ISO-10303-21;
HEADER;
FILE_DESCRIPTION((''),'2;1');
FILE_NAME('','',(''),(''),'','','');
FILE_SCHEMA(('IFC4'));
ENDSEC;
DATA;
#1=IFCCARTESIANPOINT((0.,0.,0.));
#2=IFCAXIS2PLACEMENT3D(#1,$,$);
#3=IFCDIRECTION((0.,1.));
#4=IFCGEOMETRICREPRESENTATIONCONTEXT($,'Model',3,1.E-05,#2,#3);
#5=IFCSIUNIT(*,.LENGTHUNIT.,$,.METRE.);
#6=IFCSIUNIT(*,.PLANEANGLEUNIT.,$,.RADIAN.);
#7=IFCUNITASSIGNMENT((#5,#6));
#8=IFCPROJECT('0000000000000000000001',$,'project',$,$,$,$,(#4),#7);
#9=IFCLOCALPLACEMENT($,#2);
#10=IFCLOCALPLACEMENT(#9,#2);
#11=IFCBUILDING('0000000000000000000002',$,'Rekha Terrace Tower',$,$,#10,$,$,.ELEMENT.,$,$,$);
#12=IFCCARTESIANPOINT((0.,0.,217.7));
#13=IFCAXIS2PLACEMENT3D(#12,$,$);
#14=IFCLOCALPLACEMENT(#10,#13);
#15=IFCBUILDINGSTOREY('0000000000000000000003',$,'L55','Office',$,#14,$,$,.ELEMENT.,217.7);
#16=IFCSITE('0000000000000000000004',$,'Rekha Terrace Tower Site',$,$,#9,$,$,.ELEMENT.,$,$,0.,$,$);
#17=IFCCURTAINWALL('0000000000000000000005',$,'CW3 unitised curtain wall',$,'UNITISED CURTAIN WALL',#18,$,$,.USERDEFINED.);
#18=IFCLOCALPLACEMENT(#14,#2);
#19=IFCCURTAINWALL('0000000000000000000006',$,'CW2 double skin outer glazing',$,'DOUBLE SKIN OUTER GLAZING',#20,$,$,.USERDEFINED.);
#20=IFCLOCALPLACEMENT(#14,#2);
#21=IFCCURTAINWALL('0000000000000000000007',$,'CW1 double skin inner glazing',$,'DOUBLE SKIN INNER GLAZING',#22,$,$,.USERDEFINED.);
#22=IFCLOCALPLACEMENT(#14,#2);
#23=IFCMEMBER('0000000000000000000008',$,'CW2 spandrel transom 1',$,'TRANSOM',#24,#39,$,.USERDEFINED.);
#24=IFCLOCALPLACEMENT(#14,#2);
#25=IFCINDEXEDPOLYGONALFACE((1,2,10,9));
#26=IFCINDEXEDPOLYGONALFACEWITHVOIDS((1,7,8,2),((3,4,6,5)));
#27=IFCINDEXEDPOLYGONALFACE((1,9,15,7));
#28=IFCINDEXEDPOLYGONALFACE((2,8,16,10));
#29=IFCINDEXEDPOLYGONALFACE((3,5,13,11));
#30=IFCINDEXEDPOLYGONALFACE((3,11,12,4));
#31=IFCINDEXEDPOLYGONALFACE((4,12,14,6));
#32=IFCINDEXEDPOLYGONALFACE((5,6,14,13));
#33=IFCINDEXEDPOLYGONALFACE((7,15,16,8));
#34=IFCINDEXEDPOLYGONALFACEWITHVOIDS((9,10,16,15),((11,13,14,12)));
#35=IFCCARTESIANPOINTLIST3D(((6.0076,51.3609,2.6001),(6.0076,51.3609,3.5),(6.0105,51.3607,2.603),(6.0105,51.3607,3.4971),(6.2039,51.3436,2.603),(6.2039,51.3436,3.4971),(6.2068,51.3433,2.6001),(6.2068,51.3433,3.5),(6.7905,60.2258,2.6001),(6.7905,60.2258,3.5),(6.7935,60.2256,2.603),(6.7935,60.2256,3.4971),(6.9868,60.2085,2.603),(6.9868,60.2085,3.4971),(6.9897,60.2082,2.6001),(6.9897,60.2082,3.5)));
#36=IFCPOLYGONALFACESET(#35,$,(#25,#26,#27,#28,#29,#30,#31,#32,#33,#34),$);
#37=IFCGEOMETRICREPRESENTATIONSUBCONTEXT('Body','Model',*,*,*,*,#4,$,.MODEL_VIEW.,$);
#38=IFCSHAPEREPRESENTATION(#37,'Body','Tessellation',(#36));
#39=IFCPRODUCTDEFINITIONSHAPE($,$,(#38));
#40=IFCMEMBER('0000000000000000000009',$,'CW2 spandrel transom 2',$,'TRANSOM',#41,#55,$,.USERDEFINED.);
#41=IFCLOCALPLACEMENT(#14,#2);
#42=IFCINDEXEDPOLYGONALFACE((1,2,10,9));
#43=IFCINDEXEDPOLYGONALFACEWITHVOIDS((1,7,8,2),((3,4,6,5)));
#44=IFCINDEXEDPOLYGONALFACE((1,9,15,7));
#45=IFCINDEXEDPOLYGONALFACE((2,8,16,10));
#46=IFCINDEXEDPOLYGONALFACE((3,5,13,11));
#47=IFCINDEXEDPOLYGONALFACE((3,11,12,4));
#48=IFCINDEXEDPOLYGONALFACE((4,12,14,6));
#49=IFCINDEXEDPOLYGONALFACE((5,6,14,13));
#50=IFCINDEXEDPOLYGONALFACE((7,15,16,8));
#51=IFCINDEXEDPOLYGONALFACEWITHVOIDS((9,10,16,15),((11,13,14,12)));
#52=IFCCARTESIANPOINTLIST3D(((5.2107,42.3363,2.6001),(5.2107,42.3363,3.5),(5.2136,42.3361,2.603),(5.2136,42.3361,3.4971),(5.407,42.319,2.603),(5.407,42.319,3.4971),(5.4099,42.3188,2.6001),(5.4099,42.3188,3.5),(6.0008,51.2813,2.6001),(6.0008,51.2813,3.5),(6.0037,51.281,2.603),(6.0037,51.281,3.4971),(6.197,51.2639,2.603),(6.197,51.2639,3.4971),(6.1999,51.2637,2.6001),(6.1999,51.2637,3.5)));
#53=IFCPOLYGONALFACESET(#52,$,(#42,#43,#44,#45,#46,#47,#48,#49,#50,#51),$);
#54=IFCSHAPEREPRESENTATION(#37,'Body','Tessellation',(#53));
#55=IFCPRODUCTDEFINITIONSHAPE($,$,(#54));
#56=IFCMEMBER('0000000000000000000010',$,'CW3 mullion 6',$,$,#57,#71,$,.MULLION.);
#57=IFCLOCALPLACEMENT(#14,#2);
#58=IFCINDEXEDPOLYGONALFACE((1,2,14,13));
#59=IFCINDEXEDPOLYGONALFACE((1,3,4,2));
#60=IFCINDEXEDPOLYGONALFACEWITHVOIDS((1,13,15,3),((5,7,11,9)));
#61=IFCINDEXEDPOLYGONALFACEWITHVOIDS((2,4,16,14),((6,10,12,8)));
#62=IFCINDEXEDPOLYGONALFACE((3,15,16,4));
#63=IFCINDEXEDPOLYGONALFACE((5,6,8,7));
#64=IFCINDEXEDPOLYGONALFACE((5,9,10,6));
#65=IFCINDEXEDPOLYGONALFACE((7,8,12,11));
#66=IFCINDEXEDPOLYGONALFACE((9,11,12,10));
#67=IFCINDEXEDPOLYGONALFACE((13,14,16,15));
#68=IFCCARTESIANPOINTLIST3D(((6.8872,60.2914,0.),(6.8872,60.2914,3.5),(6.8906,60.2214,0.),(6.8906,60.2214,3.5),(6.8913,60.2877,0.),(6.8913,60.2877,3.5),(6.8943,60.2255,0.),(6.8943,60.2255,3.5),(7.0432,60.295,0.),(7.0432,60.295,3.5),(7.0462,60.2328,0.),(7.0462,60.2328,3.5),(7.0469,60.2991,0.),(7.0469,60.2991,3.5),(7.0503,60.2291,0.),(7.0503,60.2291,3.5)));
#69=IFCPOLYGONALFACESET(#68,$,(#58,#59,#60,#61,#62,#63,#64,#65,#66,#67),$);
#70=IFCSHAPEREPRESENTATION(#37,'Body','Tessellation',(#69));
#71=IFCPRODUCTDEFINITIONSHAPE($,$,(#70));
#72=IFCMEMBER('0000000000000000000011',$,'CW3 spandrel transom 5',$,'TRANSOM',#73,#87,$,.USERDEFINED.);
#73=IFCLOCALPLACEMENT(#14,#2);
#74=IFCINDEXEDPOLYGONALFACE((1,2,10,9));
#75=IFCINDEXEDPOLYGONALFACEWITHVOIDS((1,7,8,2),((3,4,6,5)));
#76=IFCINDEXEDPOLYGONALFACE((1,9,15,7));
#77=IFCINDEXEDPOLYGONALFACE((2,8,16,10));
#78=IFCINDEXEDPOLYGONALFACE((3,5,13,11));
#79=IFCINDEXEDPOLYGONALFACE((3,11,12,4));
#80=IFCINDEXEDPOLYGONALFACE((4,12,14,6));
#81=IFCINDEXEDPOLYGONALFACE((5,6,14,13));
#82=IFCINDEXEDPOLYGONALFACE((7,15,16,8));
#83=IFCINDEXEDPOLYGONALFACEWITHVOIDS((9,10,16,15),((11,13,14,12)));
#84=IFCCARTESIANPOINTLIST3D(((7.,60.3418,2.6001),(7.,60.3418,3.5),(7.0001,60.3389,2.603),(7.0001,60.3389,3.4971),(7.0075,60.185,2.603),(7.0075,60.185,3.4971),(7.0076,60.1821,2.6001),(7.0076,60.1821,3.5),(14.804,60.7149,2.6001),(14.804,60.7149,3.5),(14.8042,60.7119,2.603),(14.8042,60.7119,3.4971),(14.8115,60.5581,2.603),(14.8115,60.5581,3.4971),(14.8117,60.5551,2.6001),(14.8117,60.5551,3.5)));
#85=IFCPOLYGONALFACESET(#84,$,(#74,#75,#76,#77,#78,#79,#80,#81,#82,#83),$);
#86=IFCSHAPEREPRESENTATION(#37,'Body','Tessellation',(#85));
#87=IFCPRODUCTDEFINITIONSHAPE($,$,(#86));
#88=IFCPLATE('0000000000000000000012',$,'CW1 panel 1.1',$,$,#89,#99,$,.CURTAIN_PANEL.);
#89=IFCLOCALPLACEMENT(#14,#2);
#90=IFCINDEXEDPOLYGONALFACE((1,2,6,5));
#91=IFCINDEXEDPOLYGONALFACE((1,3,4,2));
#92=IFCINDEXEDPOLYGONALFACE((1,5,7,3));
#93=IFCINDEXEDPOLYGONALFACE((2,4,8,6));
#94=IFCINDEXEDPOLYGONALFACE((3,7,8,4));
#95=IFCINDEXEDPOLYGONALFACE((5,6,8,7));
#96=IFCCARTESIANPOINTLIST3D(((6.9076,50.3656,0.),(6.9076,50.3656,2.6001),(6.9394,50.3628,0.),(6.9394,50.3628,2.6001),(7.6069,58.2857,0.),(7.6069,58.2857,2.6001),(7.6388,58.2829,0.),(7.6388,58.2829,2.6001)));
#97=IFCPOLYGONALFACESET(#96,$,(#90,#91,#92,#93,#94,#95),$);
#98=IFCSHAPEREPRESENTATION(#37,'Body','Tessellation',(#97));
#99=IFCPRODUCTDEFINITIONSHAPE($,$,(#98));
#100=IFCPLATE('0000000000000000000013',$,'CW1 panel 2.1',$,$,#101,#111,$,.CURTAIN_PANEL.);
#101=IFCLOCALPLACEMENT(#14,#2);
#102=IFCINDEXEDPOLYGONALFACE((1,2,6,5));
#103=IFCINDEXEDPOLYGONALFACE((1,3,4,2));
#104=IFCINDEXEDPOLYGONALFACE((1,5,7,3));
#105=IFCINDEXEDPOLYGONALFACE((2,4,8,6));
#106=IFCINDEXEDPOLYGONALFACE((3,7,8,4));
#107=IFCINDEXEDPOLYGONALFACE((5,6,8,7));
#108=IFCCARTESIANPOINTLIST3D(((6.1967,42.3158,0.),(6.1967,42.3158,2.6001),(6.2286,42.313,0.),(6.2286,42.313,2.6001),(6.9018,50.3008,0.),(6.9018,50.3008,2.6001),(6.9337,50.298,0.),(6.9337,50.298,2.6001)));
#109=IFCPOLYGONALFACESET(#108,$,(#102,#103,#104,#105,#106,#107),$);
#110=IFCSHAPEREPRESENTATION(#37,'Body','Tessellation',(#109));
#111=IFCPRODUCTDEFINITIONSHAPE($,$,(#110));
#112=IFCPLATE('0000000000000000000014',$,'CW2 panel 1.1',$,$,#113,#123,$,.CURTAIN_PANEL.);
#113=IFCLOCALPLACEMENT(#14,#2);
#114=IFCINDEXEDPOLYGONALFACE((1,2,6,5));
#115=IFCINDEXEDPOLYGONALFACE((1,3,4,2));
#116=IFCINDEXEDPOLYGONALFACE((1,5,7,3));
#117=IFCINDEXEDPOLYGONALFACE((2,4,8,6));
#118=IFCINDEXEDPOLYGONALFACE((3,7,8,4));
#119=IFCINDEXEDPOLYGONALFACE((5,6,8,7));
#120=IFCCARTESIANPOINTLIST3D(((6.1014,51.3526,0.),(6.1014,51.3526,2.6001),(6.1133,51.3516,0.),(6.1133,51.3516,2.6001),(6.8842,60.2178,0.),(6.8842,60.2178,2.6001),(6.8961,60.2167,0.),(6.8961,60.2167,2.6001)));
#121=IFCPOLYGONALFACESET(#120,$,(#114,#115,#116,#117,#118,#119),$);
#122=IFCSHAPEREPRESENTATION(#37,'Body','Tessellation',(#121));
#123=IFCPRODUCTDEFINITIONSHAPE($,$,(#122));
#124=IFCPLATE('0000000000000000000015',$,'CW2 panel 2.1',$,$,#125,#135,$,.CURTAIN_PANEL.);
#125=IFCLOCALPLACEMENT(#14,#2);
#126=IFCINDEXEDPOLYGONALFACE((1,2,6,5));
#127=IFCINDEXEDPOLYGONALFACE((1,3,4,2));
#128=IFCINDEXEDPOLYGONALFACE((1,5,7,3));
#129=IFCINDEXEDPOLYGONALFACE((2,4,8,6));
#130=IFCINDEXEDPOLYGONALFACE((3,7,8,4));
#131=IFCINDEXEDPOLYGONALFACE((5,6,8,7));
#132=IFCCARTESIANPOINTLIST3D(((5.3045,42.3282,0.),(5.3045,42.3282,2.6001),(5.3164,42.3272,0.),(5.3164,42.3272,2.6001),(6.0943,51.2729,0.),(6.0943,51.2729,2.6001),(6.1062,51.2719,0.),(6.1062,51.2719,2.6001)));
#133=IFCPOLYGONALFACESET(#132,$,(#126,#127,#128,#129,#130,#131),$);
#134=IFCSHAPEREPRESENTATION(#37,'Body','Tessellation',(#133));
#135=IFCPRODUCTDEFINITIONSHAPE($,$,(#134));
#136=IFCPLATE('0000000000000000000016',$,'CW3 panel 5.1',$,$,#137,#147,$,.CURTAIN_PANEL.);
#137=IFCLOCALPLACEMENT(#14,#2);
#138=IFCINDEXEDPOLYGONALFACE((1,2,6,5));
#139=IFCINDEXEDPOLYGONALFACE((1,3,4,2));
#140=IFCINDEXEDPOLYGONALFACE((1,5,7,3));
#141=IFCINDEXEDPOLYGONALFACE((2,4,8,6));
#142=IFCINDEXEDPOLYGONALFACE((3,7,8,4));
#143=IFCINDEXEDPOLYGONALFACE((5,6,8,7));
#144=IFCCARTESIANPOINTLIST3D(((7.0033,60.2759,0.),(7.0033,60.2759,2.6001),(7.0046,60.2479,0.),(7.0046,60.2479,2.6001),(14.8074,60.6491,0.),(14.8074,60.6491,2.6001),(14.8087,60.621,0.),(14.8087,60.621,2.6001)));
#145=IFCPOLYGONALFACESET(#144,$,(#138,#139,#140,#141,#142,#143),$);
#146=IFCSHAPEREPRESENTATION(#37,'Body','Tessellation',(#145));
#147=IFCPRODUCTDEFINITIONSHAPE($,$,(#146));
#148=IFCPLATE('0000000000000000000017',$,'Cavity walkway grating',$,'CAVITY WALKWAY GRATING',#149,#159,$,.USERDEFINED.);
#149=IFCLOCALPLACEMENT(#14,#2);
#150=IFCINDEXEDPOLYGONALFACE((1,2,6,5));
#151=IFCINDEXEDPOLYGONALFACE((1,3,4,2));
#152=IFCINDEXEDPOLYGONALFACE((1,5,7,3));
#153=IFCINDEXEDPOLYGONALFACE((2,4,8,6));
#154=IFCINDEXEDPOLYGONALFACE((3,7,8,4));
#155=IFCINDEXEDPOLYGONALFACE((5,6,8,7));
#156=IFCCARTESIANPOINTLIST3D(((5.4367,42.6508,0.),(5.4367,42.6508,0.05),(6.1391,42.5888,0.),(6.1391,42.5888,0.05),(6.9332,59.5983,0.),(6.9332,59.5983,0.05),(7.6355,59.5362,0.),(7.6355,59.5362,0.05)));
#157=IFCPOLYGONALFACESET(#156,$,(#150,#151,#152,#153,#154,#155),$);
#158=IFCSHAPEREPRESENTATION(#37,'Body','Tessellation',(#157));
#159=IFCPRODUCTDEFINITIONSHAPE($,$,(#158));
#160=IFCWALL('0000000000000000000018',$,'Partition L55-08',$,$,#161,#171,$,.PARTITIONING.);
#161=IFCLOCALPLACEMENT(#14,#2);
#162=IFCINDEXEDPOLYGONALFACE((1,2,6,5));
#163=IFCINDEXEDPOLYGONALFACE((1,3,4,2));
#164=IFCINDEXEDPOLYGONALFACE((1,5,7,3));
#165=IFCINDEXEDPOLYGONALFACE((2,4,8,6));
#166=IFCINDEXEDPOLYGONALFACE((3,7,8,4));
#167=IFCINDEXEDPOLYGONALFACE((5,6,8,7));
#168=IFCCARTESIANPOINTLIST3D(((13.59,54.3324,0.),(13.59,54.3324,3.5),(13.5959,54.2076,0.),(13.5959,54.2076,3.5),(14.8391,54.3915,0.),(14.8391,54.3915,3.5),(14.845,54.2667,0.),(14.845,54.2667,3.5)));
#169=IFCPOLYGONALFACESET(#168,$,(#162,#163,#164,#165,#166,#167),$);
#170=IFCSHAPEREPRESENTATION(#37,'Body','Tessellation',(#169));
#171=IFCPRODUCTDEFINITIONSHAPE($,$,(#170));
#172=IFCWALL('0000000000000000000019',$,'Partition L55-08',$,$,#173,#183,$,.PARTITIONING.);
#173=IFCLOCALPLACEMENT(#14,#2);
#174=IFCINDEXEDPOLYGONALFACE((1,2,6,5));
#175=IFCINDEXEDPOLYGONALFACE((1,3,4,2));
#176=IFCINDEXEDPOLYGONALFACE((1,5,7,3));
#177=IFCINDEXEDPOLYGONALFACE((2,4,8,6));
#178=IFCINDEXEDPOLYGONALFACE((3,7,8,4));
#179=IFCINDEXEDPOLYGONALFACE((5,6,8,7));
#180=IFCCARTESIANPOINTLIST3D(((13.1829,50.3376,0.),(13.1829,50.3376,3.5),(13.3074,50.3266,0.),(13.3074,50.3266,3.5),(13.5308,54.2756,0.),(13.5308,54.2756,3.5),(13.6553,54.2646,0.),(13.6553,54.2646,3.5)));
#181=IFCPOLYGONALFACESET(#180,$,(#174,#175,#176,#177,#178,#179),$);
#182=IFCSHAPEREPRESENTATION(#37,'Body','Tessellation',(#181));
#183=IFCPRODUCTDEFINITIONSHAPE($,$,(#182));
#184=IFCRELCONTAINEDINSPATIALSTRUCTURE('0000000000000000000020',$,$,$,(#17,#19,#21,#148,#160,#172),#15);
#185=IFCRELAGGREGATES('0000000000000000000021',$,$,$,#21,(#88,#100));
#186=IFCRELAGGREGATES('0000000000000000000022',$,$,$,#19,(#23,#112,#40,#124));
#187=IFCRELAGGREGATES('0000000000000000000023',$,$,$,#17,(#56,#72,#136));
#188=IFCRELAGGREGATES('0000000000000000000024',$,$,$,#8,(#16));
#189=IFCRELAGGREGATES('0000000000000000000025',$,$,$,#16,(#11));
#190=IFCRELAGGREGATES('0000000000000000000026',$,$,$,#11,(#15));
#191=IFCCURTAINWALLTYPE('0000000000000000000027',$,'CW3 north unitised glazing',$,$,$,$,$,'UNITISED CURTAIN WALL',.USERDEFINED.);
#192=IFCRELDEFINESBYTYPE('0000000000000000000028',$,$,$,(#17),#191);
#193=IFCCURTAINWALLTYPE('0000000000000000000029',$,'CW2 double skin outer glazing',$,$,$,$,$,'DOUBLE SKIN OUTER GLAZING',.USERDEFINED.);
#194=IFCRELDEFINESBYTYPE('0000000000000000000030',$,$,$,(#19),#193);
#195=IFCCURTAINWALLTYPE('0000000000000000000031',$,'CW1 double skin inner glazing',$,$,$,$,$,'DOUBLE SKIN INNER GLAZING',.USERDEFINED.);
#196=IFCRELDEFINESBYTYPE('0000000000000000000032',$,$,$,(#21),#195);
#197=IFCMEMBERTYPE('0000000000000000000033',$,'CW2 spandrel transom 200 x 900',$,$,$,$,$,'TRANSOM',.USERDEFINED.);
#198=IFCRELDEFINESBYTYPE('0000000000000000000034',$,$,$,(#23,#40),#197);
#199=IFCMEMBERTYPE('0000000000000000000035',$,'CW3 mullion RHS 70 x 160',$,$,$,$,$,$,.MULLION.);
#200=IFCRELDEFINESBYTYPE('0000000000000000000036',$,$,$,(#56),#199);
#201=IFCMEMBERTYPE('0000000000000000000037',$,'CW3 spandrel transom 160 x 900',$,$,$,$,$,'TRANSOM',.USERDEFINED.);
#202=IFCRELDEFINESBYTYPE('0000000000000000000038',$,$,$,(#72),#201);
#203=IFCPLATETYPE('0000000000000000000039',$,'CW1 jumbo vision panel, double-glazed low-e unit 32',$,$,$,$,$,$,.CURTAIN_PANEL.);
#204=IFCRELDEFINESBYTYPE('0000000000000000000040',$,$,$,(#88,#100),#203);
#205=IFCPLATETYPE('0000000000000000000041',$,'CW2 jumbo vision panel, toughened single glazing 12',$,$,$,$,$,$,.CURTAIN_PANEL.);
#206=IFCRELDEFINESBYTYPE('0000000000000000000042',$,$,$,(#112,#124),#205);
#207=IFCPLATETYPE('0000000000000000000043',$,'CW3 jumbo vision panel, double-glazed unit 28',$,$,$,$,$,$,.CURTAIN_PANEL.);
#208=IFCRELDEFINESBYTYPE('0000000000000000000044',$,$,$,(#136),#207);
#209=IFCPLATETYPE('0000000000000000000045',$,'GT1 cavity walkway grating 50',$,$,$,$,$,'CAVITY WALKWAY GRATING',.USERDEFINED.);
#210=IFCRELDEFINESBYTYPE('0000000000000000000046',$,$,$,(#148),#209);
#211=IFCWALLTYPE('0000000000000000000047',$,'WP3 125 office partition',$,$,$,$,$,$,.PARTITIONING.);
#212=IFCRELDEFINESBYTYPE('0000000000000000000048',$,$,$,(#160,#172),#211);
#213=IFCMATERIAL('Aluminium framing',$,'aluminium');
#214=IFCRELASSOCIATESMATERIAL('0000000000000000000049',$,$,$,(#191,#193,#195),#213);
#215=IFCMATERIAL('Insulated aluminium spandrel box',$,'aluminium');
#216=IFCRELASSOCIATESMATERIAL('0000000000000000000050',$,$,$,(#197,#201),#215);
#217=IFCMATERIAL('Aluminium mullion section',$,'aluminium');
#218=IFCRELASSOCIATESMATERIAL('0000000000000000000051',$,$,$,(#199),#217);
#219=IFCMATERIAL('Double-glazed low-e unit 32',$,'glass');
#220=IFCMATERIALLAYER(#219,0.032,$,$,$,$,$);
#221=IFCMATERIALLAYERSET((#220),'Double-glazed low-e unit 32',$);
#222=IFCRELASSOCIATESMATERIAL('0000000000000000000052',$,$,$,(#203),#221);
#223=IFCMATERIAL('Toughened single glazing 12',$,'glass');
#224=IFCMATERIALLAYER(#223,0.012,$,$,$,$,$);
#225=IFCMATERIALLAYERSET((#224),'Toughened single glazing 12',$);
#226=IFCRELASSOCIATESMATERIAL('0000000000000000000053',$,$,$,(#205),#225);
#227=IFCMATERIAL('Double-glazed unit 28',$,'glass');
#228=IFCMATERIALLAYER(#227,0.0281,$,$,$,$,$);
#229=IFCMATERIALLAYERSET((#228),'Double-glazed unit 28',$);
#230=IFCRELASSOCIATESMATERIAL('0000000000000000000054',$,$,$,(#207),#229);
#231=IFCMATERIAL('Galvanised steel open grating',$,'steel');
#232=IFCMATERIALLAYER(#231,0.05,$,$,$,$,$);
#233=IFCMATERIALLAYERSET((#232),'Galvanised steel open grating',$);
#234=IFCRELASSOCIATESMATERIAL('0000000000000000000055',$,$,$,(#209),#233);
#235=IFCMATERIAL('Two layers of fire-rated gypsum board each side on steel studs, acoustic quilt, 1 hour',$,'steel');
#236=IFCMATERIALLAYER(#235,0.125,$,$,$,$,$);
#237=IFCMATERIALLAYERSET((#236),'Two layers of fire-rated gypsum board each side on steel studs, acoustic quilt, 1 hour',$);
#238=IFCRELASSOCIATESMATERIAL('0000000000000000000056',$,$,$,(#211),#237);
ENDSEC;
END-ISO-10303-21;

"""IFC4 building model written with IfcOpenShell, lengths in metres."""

from ifc_helpers import new_model, si_unit, direction, frame, frame_2d, origin, origin_2d, place, context, subcontext, project, spatial, rectangle, hollow_rectangle, extrude, material, layer, layer_set, material_profile, profile_set, type_object, element, aggregate, save


model = new_model("IFC4")

# Units and contexts
model_context = context("Model", 3, precision=1e-05, world=origin(), true_north=direction((0.0, 1.0)))
body_context = subcontext(model_context, "Body", "Model", "MODEL_VIEW")
ifc_project = project(units=[si_unit("LENGTHUNIT", "METRE"), si_unit("PLANEANGLEUNIT", "RADIAN")], contexts=[model_context])

# Site, building, storey
site_placement = place(None, origin())
site = spatial("IfcSite", under=ifc_project, at=site_placement, Name="Rekha Terrace Tower Site", CompositionType="ELEMENT", RefElevation=0.0)
building_placement = place(site_placement, origin())
building = spatial("IfcBuilding", under=site, at=building_placement, Name="Rekha Terrace Tower", CompositionType="ELEMENT")
storey_placement = place(building_placement, frame((0.0, 0.0, 217.7)))
storey = spatial("IfcBuildingStorey", under=building, at=storey_placement, Name="L55", Description="Office", CompositionType="ELEMENT", Elevation=217.7)

# Curtain walls
ifc_material_1 = material(Name="Aluminium framing", Category="aluminium")
curtain_wall_type_1 = type_object("IfcCurtainWallType", Name="CW3 north unitised glazing", ElementType="UNITISED CURTAIN WALL", PredefinedType="USERDEFINED", material=ifc_material_1)
curtain_wall_1_placement = place(storey_placement, origin())
curtain_wall_1 = element("IfcCurtainWall", 1, at=curtain_wall_1_placement, inside=storey, type_object=curtain_wall_type_1, Name="CW3 unitised curtain wall", ObjectType="UNITISED CURTAIN WALL", PredefinedType="USERDEFINED")
curtain_wall_type_2 = type_object("IfcCurtainWallType", Name="CW2 double skin outer glazing", ElementType="DOUBLE SKIN OUTER GLAZING", PredefinedType="USERDEFINED", material=ifc_material_1)
curtain_wall_2_placement = place(storey_placement, origin())
curtain_wall_2 = element("IfcCurtainWall", 2, at=curtain_wall_2_placement, inside=storey, type_object=curtain_wall_type_2, Name="CW2 double skin outer glazing", ObjectType="DOUBLE SKIN OUTER GLAZING", PredefinedType="USERDEFINED")

# Curtain wall
curtain_wall_type_3 = type_object("IfcCurtainWallType", Name="CW1 double skin inner glazing", ElementType="DOUBLE SKIN INNER GLAZING", PredefinedType="USERDEFINED", material=ifc_material_1)
curtain_wall_3_placement = place(storey_placement, origin())
curtain_wall_3 = element("IfcCurtainWall", 3, at=curtain_wall_3_placement, inside=storey, type_object=curtain_wall_type_3, Name="CW1 double skin inner glazing", ObjectType="DOUBLE SKIN INNER GLAZING", PredefinedType="USERDEFINED")
ifc_material_2 = material(Name="Aluminium mullion section", Category="aluminium")
ifc_material_3 = material(Name="Insulated aluminium spandrel box", Category="aluminium")

# Members
ifc_material_profile_1 = material_profile(ifc_material_3, hollow_rectangle(XDim=0.2, YDim=0.8999, WallThickness=0.0029, at=origin_2d()), Name="AL SPANDREL BOX 200x900")
ifc_profile_set_1 = profile_set([ifc_material_profile_1], Name="Insulated aluminium spandrel box")
member_type_1 = type_object("IfcMemberType", Name="CW2 spandrel transom 200 x 900", ElementType="TRANSOM", PredefinedType="USERDEFINED", material=ifc_profile_set_1)
member_1_placement = place(storey_placement, frame((6.8901, 60.217, 3.05), z_axis=(-0.087978, -0.996122, 0.0), x_axis=(0.996122, -0.087978, 0.0)))
member_1 = element("IfcMember", 4, at=member_1_placement, type_object=member_type_1, Name="CW2 spandrel transom 1", ObjectType="TRANSOM", PredefinedType="USERDEFINED", context=body_context, shape_type="SweptSolid", body=[
    extrude(hollow_rectangle(XDim=0.2, YDim=0.8999, WallThickness=0.0029, at=origin_2d()), origin(), (0.0, 0.0, 1.0), 8.8994),
])
member_2_placement = place(storey_placement, frame((6.1003, 51.2725, 3.05), z_axis=(-0.087981, -0.996122, 0.0), x_axis=(0.996122, -0.087981, 0.0)))
member_2 = element("IfcMember", 5, at=member_2_placement, type_object=member_type_1, Name="CW2 spandrel transom 2", ObjectType="TRANSOM", PredefinedType="USERDEFINED", context=body_context, shape_type="SweptSolid", body=[
    extrude(hollow_rectangle(XDim=0.2, YDim=0.8999, WallThickness=0.0029, at=origin_2d()), origin(), (0.0, 0.0, 1.0), 8.9797),
])
ifc_material_profile_2 = material_profile(ifc_material_2, hollow_rectangle(XDim=0.0701, YDim=0.1599, WallThickness=0.0039, at=origin_2d()), Name="AL RHS 70x160")
ifc_profile_set_2 = profile_set([ifc_material_profile_2], Name="Aluminium mullion section")
member_type_2 = type_object("IfcMemberType", Name="CW3 mullion RHS 70 x 160", PredefinedType="MULLION", material=ifc_profile_set_2)
member_3_placement = place(storey_placement, frame((6.9688, 60.2603, 0.0), z_axis=(0.0, 0.0, 1.0), x_axis=(0.047759, -0.998859, 0.0)))
member_3 = element("IfcMember", 6, at=member_3_placement, type_object=member_type_2, Name="CW3 mullion 6", PredefinedType="MULLION", context=body_context, shape_type="SweptSolid", body=[
    extrude(hollow_rectangle(XDim=0.0701, YDim=0.1599, WallThickness=0.0039, at=origin_2d()), origin(), (0.0, 0.0, 1.0), 3.5),
])
ifc_material_profile_3 = material_profile(ifc_material_3, hollow_rectangle(XDim=0.1599, YDim=0.8999, WallThickness=0.0029, at=origin_2d()), Name="AL SPANDREL BOX 160x900")
ifc_profile_set_3 = profile_set([ifc_material_profile_3], Name="Insulated aluminium spandrel box")
member_type_3 = type_object("IfcMemberType", Name="CW3 spandrel transom 160 x 900", ElementType="TRANSOM", PredefinedType="USERDEFINED", material=ifc_profile_set_3)
member_4_placement = place(storey_placement, frame((14.8079, 60.635, 3.05), z_axis=(-0.998859, -0.047748, 0.0), x_axis=(0.047748, -0.998859, 0.0)))
member_4 = element("IfcMember", 7, at=member_4_placement, type_object=member_type_3, Name="CW3 spandrel transom 5", ObjectType="TRANSOM", PredefinedType="USERDEFINED", context=body_context, shape_type="SweptSolid", body=[
    extrude(hollow_rectangle(XDim=0.1599, YDim=0.8999, WallThickness=0.0029, at=origin_2d()), origin(), (0.0, 0.0, 1.0), 7.813),
])

# Plates
ifc_material_4 = material(Name="Double-glazed low-e unit 32", Category="glass")
ifc_layer_1 = layer(ifc_material_4, 0.032)
ifc_layer_set_1 = layer_set([ifc_layer_1], Name="Double-glazed low-e unit 32")
plate_type_1 = type_object("IfcPlateType", Name="CW1 jumbo vision panel, double-glazed low-e unit 32", PredefinedType="CURTAIN_PANEL", material=ifc_layer_set_1)
plate_1_placement = place(storey_placement, frame((7.2732, 54.3242, 0.0), z_axis=(0.0, 0.0, 1.0), x_axis=(-0.087958, -0.996124, 0.0)))
plate_1 = element("IfcPlate", 8, at=plate_1_placement, type_object=plate_type_1, Name="CW1 panel 1.1", PredefinedType="CURTAIN_PANEL", context=body_context, shape_type="SweptSolid", body=[
    extrude(rectangle(XDim=7.9509, YDim=0.032, at=origin_2d()), origin(), (0.0, 0.0, 1.0), 2.6001),
])
plate_2_placement = place(storey_placement, frame((6.5652, 46.3069, 0.0), z_axis=(0.0, 0.0, 1.0), x_axis=(-0.087958, -0.996124, 0.0)))
plate_2 = element("IfcPlate", 9, at=plate_2_placement, type_object=plate_type_1, Name="CW1 panel 2.1", PredefinedType="CURTAIN_PANEL", context=body_context, shape_type="SweptSolid", body=[
    extrude(rectangle(XDim=8.0161, YDim=0.032, at=origin_2d()), origin(), (0.0, 0.0, 1.0), 2.6001),
])
aggregate(curtain_wall_3, [plate_1, plate_2])
ifc_material_5 = material(Name="Toughened single glazing 12", Category="glass")
ifc_layer_2 = layer(ifc_material_5, 0.012)
ifc_layer_set_2 = layer_set([ifc_layer_2], Name="Toughened single glazing 12")
plate_type_2 = type_object("IfcPlateType", Name="CW2 jumbo vision panel, toughened single glazing 12", PredefinedType="CURTAIN_PANEL", material=ifc_layer_set_2)
plate_3_placement = place(storey_placement, frame((6.4988, 55.7847, 0.0), z_axis=(0.0, 0.0, 1.0), x_axis=(-0.087958, -0.996124, 0.0)))
plate_3 = element("IfcPlate", 10, at=plate_3_placement, type_object=plate_type_2, Name="CW2 panel 1.1", PredefinedType="CURTAIN_PANEL", context=body_context, shape_type="SweptSolid", body=[
    extrude(rectangle(XDim=8.8997, YDim=0.012, at=origin_2d()), origin(), (0.0, 0.0, 1.0), 2.6001),
])
plate_4_placement = place(storey_placement, frame((5.7053, 46.8, 0.0), z_axis=(0.0, 0.0, 1.0), x_axis=(-0.087958, -0.996124, 0.0)))
plate_4 = element("IfcPlate", 11, at=plate_4_placement, type_object=plate_type_2, Name="CW2 panel 2.1", PredefinedType="CURTAIN_PANEL", context=body_context, shape_type="SweptSolid", body=[
    extrude(rectangle(XDim=8.9795, YDim=0.012, at=origin_2d()), origin(), (0.0, 0.0, 1.0), 2.6001),
])
aggregate(curtain_wall_2, [member_1, plate_3, member_2, plate_4])
ifc_material_6 = material(Name="Double-glazed unit 28", Category="glass")
ifc_layer_3 = layer(ifc_material_6, 0.0281)
ifc_layer_set_3 = layer_set([ifc_layer_3], Name="Double-glazed unit 28")
plate_type_3 = type_object("IfcPlateType", Name="CW3 jumbo vision panel, double-glazed unit 28", PredefinedType="CURTAIN_PANEL", material=ifc_layer_set_3)
plate_5_placement = place(storey_placement, frame((10.906, 60.4485, 0.0), z_axis=(0.0, 0.0, 1.0), x_axis=(-0.998859, -0.047759, 0.0)))
plate_5 = element("IfcPlate", 12, at=plate_5_placement, type_object=plate_type_3, Name="CW3 panel 5.1", PredefinedType="CURTAIN_PANEL", context=body_context, shape_type="SweptSolid", body=[
    extrude(rectangle(XDim=7.813, YDim=0.0281, at=origin_2d()), origin(), (0.0, 0.0, 1.0), 2.6001),
])
aggregate(curtain_wall_1, [member_3, member_4, plate_5])
ifc_material_7 = material(Name="Galvanised steel open grating", Category="steel")
ifc_layer_4 = layer(ifc_material_7, 0.05)
ifc_layer_set_4 = layer_set([ifc_layer_4], Name="Galvanised steel open grating")
plate_type_4 = type_object("IfcPlateType", Name="GT1 cavity walkway grating 50", ElementType="CAVITY WALKWAY GRATING", PredefinedType="USERDEFINED", material=ifc_layer_set_4)
plate_6_placement = place(storey_placement, frame((6.5361, 51.0935, 0.0), z_axis=(0.0, 0.0, 1.0), x_axis=(-0.087958, -0.996124, 0.0)))
element("IfcPlate", 13, at=plate_6_placement, inside=storey, type_object=plate_type_4, Name="Cavity walkway grating", ObjectType="CAVITY WALKWAY GRATING", PredefinedType="USERDEFINED", context=body_context, shape_type="SweptSolid", body=[
    extrude(rectangle(XDim=17.0134, YDim=0.7051, at=origin_2d()), origin(), (0.0, 0.0, 1.0), 0.05),
])

# Walls
ifc_material_8 = material(Name="Two layers of fire-rated gypsum board each side on steel studs, acoustic quilt, 1 hour", Category="steel")
ifc_layer_5 = layer(ifc_material_8, 0.125)
ifc_layer_set_5 = layer_set([ifc_layer_5], Name="Two layers of fire-rated gypsum board each side on steel studs, acoustic quilt, 1 hour")
wall_type = type_object("IfcWallType", Name="WP3 125 office partition", PredefinedType="PARTITIONING", material=ifc_layer_set_5)
wall_1_placement = place(storey_placement, frame((14.842, 54.3291, 0.0), z_axis=(0.0, 0.0, 1.0), x_axis=(-0.998883, -0.04725, 0.0)))
element("IfcWall", 14, at=wall_1_placement, inside=storey, type_object=wall_type, Name="Partition L55-08", PredefinedType="PARTITIONING", context=body_context, shape_type="SweptSolid", body=[
    extrude(rectangle(XDim=1.2505, YDim=0.125, at=frame_2d((0.6252, 0.0))), origin(), (0.0, 0.0, 1.0), 3.5),
])
wall_2_placement = place(storey_placement, frame((13.593, 54.27, 0.0), z_axis=(0.0, 0.0, 1.0), x_axis=(-0.088002, -0.99612, 0.0)))
element("IfcWall", 15, at=wall_2_placement, inside=storey, type_object=wall_type, Name="Partition L55-08", PredefinedType="PARTITIONING", context=body_context, shape_type="SweptSolid", body=[
    extrude(rectangle(XDim=3.9534, YDim=0.125, at=frame_2d((1.9766, 0.0))), origin(), (0.0, 0.0, 1.0), 3.5),
])

save(model, "model.ifc")
